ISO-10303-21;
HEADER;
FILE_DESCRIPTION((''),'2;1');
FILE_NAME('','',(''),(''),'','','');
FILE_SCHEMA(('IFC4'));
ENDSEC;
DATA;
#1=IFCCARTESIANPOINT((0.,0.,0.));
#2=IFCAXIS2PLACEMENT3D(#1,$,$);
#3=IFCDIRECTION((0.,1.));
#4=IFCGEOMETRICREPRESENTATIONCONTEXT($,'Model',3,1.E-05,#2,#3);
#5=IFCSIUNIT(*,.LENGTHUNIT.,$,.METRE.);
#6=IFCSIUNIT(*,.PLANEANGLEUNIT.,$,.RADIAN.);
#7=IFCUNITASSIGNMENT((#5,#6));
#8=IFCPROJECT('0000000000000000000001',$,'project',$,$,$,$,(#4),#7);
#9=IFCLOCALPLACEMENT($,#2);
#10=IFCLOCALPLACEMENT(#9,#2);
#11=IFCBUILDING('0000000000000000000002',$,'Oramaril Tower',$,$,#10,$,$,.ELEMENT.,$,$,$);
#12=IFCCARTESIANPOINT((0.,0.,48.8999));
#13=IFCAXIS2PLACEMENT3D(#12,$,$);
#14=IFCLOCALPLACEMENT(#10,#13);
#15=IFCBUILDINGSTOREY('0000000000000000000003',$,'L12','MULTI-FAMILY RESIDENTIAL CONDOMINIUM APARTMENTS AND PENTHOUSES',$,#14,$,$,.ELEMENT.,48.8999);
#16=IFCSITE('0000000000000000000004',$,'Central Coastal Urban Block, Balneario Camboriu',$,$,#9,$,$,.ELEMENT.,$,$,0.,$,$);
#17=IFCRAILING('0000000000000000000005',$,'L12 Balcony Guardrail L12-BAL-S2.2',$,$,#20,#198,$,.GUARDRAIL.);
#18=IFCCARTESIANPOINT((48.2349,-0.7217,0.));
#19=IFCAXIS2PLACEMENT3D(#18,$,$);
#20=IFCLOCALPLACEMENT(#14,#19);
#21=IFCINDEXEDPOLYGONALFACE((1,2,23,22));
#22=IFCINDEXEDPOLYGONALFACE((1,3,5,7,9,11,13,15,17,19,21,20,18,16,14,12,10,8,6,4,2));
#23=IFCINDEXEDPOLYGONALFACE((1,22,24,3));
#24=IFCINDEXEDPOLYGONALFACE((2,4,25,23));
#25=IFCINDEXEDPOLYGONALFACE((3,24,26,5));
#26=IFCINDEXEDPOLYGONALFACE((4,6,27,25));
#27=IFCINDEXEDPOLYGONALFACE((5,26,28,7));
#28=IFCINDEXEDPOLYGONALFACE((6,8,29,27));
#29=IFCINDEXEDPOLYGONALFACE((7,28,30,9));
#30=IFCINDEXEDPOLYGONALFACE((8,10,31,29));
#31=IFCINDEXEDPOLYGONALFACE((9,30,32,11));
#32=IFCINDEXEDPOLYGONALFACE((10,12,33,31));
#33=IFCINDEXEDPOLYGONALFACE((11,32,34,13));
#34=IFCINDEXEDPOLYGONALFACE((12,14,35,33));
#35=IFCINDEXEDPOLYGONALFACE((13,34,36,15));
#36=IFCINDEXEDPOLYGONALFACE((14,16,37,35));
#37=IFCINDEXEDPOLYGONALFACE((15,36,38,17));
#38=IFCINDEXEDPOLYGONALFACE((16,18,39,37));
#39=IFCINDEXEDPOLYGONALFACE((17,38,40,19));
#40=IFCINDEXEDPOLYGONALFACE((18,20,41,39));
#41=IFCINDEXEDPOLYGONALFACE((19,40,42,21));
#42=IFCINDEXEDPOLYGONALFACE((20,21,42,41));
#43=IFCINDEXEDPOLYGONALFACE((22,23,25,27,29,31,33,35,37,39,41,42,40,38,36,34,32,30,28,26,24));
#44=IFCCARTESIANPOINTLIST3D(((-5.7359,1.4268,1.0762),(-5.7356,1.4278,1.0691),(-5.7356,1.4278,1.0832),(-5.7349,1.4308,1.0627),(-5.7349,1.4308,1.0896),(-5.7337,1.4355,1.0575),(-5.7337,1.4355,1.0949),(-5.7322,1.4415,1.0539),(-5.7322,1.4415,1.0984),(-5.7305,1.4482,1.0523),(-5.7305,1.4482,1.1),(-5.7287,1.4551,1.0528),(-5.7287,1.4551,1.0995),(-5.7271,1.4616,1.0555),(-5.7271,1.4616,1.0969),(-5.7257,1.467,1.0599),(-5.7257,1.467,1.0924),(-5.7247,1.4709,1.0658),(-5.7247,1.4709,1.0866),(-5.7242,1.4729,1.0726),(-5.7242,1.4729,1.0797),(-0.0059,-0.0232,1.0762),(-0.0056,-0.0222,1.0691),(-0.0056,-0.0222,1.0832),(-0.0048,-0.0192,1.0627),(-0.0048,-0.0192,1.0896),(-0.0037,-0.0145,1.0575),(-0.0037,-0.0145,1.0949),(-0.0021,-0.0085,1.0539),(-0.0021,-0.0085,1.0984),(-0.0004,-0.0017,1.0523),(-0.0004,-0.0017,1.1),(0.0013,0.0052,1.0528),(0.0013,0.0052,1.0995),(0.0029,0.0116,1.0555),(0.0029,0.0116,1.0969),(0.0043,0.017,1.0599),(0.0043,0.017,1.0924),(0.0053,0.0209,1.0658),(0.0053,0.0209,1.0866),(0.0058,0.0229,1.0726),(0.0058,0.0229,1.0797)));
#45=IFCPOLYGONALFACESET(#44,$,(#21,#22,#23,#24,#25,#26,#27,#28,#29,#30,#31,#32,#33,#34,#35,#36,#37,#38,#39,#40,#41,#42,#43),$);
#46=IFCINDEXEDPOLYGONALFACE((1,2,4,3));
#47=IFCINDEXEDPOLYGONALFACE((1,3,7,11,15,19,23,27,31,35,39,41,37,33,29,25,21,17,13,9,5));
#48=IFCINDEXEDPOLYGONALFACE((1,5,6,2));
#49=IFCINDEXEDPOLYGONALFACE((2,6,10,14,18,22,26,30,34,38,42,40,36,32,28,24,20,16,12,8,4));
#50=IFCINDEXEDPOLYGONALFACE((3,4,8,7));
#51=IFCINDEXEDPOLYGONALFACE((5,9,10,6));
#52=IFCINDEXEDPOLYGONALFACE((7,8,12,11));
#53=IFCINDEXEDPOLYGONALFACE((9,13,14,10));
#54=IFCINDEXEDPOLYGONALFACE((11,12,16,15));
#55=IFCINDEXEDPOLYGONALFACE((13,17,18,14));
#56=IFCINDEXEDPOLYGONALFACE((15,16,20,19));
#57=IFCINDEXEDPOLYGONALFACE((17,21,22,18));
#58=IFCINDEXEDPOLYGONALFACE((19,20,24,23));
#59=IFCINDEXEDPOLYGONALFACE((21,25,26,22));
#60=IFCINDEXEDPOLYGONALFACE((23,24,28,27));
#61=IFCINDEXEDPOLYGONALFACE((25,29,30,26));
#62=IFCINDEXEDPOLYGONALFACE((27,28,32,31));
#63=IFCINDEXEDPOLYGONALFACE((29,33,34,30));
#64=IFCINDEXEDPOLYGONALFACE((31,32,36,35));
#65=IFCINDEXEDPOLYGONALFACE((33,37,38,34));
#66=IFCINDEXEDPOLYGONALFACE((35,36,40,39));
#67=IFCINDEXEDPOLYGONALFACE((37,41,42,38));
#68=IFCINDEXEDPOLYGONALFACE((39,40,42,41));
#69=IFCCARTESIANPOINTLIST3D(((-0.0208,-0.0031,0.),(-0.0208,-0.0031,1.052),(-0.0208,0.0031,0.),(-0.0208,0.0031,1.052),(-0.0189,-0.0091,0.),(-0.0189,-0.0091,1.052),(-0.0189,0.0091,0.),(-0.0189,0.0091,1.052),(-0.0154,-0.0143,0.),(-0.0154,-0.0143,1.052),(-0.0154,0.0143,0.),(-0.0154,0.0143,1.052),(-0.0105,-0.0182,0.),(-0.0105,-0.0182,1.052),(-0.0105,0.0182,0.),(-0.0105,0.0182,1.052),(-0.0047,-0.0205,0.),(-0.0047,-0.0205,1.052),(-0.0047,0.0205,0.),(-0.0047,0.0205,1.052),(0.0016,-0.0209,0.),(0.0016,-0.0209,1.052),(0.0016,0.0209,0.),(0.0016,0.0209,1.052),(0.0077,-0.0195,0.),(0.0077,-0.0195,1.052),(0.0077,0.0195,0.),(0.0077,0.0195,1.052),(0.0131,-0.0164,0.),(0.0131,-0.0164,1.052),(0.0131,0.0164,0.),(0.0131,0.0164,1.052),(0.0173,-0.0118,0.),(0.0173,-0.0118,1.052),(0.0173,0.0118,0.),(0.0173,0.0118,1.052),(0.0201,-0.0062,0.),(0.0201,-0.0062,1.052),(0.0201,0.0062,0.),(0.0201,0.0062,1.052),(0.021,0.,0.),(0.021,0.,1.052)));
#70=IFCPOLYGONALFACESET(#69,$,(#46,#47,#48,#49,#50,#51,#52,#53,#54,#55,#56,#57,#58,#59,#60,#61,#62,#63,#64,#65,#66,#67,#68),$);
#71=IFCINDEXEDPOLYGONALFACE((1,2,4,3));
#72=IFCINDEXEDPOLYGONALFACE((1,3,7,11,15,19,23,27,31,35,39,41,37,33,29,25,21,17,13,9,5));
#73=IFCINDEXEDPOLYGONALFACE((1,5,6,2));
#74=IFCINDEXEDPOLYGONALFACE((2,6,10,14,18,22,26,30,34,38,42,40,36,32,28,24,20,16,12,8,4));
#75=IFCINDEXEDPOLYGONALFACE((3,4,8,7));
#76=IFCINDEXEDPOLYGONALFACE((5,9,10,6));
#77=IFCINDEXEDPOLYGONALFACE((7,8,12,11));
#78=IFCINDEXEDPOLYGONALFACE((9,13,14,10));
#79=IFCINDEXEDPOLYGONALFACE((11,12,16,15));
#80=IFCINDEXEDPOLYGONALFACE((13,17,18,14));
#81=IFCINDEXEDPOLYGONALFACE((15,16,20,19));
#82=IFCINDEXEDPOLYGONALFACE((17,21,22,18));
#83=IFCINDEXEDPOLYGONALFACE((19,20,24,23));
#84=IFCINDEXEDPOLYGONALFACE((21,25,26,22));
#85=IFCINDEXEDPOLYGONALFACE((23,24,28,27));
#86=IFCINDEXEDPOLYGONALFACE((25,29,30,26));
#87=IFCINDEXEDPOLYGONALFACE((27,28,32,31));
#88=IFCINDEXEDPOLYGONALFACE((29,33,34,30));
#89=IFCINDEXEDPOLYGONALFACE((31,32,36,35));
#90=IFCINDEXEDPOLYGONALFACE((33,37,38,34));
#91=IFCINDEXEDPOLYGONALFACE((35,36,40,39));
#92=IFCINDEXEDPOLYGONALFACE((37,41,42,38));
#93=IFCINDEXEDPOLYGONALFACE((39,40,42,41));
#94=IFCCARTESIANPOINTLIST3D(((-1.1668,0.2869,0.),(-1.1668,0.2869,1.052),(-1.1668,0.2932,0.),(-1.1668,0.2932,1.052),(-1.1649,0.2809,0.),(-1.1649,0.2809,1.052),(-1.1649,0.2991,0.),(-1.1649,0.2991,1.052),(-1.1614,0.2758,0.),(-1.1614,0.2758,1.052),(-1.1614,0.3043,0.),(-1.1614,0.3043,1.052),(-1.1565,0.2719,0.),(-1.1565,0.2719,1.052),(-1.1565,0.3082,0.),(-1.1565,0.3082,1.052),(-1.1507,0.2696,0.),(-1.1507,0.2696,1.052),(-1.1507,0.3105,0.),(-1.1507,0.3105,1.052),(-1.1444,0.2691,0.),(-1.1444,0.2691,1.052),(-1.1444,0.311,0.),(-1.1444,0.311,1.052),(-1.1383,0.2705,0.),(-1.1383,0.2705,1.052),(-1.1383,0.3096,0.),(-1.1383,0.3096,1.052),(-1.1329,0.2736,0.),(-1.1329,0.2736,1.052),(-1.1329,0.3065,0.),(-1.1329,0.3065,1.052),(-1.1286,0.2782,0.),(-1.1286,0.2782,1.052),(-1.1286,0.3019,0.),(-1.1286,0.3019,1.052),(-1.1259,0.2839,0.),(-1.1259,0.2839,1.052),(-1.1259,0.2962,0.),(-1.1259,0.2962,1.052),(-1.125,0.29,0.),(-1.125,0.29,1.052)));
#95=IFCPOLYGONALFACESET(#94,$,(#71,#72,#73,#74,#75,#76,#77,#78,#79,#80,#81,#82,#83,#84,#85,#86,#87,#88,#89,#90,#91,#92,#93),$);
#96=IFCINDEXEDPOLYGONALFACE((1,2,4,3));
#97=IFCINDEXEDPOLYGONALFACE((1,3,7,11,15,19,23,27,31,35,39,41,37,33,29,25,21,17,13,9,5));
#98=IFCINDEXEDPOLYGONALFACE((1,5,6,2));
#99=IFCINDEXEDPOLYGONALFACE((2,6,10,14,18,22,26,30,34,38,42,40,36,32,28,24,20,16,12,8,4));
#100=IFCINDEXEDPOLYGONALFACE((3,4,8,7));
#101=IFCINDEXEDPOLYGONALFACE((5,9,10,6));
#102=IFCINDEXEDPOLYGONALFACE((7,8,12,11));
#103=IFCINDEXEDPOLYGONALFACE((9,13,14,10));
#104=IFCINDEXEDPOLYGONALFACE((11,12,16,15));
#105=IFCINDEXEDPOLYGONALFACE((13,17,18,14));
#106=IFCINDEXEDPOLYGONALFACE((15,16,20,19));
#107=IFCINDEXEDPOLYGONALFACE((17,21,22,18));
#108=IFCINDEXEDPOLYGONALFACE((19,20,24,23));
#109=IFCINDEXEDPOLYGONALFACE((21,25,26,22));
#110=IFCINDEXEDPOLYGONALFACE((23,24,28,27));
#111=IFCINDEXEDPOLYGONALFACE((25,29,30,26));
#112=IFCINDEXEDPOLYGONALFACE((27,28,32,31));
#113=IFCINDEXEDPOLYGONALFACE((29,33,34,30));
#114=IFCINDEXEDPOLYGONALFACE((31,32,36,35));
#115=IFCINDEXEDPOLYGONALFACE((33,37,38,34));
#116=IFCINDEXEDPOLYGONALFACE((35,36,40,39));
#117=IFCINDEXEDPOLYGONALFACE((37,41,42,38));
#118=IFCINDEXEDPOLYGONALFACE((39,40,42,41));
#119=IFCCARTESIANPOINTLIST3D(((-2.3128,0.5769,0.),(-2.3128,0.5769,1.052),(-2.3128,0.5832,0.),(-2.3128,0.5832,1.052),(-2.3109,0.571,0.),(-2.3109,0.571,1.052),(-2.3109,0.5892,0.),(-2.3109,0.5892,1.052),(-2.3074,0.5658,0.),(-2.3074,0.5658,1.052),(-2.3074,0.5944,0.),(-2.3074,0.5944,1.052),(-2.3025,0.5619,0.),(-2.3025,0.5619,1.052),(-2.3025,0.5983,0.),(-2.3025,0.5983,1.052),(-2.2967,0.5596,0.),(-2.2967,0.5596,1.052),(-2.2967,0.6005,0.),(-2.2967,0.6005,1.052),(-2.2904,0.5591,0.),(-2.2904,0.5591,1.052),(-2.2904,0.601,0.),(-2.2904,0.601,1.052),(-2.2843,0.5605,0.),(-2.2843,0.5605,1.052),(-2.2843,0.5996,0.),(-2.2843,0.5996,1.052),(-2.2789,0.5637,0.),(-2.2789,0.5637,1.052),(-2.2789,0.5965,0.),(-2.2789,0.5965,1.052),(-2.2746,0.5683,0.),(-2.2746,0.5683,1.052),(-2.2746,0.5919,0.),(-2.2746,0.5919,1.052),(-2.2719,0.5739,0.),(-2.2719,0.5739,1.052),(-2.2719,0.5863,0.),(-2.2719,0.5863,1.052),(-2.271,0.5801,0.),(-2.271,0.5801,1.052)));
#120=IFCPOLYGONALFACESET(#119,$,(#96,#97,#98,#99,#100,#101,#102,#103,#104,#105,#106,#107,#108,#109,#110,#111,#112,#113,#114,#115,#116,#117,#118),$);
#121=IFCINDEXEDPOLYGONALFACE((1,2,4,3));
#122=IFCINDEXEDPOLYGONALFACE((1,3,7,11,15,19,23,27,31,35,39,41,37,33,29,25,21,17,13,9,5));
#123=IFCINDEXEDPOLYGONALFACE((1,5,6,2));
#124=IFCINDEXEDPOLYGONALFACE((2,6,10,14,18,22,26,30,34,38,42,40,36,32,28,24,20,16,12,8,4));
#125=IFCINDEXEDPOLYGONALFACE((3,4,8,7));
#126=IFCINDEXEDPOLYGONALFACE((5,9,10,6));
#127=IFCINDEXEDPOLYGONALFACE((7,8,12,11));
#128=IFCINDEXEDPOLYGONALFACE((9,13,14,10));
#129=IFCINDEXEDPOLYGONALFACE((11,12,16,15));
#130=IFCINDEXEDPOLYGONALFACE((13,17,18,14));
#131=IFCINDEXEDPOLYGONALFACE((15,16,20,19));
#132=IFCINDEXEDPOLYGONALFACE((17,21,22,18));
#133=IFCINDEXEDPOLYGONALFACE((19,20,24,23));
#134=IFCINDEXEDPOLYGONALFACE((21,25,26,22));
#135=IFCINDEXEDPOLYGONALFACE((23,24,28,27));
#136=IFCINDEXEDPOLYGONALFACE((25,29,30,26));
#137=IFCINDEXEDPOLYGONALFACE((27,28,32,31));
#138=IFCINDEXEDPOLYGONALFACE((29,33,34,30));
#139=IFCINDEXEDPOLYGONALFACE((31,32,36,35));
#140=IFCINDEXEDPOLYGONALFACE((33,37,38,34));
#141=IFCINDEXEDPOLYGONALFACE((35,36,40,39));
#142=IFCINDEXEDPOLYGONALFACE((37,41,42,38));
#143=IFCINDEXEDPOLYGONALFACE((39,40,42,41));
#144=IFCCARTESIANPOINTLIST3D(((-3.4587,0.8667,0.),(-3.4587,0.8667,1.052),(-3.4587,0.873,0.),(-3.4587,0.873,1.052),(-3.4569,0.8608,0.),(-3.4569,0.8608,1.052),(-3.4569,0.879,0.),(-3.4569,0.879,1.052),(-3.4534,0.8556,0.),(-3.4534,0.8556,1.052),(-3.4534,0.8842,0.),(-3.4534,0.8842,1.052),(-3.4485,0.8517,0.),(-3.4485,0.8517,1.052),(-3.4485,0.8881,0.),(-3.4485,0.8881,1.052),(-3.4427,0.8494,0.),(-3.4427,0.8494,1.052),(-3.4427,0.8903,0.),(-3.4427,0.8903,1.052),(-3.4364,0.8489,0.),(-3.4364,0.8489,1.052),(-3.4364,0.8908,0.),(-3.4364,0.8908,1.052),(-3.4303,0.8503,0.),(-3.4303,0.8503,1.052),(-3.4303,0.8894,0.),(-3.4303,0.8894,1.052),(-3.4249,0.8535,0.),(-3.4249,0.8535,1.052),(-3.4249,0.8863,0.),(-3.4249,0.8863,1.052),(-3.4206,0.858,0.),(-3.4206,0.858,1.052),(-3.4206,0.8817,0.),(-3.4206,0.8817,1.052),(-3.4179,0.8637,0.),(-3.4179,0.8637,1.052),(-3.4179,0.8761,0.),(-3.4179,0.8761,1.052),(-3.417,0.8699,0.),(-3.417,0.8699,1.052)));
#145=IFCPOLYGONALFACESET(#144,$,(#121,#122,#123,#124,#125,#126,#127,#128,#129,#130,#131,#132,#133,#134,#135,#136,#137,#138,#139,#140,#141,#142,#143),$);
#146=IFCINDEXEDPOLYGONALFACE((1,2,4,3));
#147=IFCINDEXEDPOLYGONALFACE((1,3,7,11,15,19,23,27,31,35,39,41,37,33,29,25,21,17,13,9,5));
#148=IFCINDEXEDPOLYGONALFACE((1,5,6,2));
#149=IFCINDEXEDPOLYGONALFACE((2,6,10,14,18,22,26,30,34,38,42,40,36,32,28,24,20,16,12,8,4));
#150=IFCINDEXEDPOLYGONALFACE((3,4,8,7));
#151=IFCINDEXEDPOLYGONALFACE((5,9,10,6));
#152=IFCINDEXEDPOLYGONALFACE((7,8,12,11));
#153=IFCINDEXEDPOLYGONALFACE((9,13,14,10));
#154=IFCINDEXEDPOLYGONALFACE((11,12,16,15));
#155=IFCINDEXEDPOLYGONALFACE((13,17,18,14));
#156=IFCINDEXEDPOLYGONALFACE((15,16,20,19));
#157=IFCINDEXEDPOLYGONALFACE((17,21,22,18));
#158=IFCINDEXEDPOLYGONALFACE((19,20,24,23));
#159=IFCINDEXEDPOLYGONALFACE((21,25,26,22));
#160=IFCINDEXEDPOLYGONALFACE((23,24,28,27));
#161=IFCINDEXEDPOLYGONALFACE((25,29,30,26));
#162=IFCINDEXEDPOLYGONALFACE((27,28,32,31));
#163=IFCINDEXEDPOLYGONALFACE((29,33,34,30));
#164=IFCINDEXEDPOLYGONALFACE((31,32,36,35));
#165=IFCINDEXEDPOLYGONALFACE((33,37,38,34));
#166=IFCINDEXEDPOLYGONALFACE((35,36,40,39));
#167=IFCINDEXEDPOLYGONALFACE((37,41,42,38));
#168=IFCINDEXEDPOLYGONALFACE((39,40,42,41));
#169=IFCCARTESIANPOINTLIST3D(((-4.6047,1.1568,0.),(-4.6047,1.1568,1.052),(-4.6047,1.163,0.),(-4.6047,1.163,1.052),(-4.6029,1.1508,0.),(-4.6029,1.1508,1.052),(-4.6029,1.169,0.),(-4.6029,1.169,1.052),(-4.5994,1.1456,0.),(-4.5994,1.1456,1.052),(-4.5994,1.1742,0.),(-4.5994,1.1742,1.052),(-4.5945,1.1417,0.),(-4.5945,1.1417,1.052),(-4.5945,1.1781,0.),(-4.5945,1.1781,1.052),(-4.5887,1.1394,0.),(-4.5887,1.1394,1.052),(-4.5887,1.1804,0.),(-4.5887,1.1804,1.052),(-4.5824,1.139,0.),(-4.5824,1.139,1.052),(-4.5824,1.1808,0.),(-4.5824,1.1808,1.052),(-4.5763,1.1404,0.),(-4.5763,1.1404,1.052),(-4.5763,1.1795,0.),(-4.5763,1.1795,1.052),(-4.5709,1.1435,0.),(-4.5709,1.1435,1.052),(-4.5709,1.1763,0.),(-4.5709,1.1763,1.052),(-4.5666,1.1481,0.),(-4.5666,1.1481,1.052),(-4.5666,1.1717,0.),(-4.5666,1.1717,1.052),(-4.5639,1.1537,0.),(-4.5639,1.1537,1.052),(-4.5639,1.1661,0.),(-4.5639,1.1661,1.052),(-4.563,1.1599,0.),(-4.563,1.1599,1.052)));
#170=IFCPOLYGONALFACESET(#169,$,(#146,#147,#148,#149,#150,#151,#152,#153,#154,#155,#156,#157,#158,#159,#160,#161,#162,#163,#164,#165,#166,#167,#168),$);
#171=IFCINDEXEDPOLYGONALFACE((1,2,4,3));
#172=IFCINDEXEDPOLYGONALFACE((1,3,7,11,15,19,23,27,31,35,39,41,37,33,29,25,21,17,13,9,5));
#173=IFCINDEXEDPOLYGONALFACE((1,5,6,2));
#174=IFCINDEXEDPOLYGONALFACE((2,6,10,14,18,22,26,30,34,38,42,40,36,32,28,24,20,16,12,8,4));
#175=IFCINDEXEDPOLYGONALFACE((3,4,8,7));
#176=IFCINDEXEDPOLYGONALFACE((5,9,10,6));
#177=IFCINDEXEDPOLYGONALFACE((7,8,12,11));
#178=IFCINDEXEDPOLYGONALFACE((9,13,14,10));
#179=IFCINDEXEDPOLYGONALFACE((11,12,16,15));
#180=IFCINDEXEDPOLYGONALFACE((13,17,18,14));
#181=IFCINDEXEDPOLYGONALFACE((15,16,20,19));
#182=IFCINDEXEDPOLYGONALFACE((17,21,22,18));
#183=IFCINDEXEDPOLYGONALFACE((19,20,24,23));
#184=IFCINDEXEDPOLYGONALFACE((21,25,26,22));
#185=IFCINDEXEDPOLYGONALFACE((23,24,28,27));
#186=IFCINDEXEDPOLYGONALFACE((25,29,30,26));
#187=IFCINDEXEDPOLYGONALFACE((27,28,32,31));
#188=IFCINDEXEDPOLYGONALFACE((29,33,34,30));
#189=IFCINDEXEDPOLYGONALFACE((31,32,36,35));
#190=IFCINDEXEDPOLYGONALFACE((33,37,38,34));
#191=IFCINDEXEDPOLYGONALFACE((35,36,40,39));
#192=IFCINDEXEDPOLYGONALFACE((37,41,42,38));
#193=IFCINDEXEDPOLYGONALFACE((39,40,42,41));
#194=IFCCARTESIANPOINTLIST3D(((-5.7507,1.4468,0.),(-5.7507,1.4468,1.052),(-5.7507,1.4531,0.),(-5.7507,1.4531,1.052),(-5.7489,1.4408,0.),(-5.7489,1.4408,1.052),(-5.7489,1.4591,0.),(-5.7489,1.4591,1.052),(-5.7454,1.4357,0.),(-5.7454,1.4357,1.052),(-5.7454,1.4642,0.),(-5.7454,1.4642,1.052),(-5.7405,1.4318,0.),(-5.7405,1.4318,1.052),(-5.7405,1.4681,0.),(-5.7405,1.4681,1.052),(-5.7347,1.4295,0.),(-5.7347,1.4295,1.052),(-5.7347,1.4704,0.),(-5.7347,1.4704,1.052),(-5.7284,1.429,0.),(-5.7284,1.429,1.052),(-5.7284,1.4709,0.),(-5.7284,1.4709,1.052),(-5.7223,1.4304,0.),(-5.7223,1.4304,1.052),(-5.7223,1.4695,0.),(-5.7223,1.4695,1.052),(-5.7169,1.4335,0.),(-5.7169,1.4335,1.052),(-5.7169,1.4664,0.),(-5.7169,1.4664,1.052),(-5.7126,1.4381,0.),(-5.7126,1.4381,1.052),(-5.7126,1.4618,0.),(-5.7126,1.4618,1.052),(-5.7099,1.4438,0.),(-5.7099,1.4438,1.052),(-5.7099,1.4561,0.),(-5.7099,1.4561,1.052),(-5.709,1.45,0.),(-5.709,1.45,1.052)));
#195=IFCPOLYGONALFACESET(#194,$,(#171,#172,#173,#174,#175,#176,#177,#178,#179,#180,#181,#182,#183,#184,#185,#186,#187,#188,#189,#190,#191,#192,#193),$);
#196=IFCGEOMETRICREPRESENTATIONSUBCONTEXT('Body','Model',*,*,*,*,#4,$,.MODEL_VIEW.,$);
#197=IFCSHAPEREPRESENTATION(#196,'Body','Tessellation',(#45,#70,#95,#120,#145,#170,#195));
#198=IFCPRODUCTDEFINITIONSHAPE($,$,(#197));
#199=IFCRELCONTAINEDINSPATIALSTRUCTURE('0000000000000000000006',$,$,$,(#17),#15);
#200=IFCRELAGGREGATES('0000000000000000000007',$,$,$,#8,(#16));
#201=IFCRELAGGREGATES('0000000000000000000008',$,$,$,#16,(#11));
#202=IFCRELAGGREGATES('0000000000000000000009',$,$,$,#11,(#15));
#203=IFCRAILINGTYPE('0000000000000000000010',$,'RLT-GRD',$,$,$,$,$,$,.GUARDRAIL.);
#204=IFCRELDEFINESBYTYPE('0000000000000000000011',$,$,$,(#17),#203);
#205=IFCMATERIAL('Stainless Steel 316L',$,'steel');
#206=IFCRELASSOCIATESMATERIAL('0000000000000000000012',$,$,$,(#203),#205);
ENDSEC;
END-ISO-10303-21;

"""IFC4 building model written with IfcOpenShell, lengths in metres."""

from ifc_helpers import new_model, si_unit, direction, frame, origin, origin_2d, place, context, subcontext, project, spatial, circle, extrude, material, type_object, element, save


model = new_model("IFC4")

# Units and contexts
model_context = context("Model", 3, precision=1e-05, world=origin(), true_north=direction((0.0, 1.0)))
body_context = subcontext(model_context, "Body", "Model", "MODEL_VIEW")
ifc_project = project(units=[si_unit("LENGTHUNIT", "METRE"), si_unit("PLANEANGLEUNIT", "RADIAN")], contexts=[model_context])

# Site, building, storey
site_placement = place(None, origin())
site = spatial("IfcSite", under=ifc_project, at=site_placement, Name="Central Coastal Urban Block, Balneario Camboriu", CompositionType="ELEMENT", RefElevation=0.0)
building_placement = place(site_placement, origin())
building = spatial("IfcBuilding", under=site, at=building_placement, Name="Oramaril Tower", CompositionType="ELEMENT")
storey_placement = place(building_placement, frame((0.0, 0.0, 48.8999)))
storey = spatial("IfcBuildingStorey", under=building, at=storey_placement, Name="L12", Description="MULTI-FAMILY RESIDENTIAL CONDOMINIUM APARTMENTS AND PENTHOUSES", CompositionType="ELEMENT", Elevation=48.8999)

# Railing
ifc_material_1 = material(Name="Stainless Steel 316L", Category="steel")
railing_type = type_object("IfcRailingType", Name="RLT-GRD", PredefinedType="GUARDRAIL", material=ifc_material_1)
railing_1_placement = place(storey_placement, frame((48.2349, -0.7217, 0.0)))
element("IfcRailing", 1, at=railing_1_placement, inside=storey, type_object=railing_type, Name="L12 Balcony Guardrail L12-BAL-S2.2", PredefinedType="GUARDRAIL", context=body_context, shape_type="SweptSolid", body=[
    extrude(circle(Radius=0.0239, at=origin_2d()), frame((0.0, 0.0, 1.0762), z_axis=(-0.969444, 0.245314, 0.0), x_axis=(-0.245314, -0.969444, 0.0)), (0.0, 0.0, 1.0), 5.9106),
    extrude(circle(Radius=0.021, at=origin_2d()), origin(), (0.0, 0.0, 1.0), 1.052),
    extrude(circle(Radius=0.021, at=origin_2d()), frame((-1.146, 0.29, 0.0)), (0.0, 0.0, 1.0), 1.052),
    extrude(circle(Radius=0.021, at=origin_2d()), frame((-2.292, 0.5801, 0.0)), (0.0, 0.0, 1.0), 1.052),
    extrude(circle(Radius=0.021, at=origin_2d()), frame((-3.438, 0.8699, 0.0)), (0.0, 0.0, 1.0), 1.052),
    extrude(circle(Radius=0.021, at=origin_2d()), frame((-4.584, 1.1599, 0.0)), (0.0, 0.0, 1.0), 1.052),
    extrude(circle(Radius=0.021, at=origin_2d()), frame((-5.73, 1.45, 0.0)), (0.0, 0.0, 1.0), 1.052),
])

save(model, "model.ifc")
